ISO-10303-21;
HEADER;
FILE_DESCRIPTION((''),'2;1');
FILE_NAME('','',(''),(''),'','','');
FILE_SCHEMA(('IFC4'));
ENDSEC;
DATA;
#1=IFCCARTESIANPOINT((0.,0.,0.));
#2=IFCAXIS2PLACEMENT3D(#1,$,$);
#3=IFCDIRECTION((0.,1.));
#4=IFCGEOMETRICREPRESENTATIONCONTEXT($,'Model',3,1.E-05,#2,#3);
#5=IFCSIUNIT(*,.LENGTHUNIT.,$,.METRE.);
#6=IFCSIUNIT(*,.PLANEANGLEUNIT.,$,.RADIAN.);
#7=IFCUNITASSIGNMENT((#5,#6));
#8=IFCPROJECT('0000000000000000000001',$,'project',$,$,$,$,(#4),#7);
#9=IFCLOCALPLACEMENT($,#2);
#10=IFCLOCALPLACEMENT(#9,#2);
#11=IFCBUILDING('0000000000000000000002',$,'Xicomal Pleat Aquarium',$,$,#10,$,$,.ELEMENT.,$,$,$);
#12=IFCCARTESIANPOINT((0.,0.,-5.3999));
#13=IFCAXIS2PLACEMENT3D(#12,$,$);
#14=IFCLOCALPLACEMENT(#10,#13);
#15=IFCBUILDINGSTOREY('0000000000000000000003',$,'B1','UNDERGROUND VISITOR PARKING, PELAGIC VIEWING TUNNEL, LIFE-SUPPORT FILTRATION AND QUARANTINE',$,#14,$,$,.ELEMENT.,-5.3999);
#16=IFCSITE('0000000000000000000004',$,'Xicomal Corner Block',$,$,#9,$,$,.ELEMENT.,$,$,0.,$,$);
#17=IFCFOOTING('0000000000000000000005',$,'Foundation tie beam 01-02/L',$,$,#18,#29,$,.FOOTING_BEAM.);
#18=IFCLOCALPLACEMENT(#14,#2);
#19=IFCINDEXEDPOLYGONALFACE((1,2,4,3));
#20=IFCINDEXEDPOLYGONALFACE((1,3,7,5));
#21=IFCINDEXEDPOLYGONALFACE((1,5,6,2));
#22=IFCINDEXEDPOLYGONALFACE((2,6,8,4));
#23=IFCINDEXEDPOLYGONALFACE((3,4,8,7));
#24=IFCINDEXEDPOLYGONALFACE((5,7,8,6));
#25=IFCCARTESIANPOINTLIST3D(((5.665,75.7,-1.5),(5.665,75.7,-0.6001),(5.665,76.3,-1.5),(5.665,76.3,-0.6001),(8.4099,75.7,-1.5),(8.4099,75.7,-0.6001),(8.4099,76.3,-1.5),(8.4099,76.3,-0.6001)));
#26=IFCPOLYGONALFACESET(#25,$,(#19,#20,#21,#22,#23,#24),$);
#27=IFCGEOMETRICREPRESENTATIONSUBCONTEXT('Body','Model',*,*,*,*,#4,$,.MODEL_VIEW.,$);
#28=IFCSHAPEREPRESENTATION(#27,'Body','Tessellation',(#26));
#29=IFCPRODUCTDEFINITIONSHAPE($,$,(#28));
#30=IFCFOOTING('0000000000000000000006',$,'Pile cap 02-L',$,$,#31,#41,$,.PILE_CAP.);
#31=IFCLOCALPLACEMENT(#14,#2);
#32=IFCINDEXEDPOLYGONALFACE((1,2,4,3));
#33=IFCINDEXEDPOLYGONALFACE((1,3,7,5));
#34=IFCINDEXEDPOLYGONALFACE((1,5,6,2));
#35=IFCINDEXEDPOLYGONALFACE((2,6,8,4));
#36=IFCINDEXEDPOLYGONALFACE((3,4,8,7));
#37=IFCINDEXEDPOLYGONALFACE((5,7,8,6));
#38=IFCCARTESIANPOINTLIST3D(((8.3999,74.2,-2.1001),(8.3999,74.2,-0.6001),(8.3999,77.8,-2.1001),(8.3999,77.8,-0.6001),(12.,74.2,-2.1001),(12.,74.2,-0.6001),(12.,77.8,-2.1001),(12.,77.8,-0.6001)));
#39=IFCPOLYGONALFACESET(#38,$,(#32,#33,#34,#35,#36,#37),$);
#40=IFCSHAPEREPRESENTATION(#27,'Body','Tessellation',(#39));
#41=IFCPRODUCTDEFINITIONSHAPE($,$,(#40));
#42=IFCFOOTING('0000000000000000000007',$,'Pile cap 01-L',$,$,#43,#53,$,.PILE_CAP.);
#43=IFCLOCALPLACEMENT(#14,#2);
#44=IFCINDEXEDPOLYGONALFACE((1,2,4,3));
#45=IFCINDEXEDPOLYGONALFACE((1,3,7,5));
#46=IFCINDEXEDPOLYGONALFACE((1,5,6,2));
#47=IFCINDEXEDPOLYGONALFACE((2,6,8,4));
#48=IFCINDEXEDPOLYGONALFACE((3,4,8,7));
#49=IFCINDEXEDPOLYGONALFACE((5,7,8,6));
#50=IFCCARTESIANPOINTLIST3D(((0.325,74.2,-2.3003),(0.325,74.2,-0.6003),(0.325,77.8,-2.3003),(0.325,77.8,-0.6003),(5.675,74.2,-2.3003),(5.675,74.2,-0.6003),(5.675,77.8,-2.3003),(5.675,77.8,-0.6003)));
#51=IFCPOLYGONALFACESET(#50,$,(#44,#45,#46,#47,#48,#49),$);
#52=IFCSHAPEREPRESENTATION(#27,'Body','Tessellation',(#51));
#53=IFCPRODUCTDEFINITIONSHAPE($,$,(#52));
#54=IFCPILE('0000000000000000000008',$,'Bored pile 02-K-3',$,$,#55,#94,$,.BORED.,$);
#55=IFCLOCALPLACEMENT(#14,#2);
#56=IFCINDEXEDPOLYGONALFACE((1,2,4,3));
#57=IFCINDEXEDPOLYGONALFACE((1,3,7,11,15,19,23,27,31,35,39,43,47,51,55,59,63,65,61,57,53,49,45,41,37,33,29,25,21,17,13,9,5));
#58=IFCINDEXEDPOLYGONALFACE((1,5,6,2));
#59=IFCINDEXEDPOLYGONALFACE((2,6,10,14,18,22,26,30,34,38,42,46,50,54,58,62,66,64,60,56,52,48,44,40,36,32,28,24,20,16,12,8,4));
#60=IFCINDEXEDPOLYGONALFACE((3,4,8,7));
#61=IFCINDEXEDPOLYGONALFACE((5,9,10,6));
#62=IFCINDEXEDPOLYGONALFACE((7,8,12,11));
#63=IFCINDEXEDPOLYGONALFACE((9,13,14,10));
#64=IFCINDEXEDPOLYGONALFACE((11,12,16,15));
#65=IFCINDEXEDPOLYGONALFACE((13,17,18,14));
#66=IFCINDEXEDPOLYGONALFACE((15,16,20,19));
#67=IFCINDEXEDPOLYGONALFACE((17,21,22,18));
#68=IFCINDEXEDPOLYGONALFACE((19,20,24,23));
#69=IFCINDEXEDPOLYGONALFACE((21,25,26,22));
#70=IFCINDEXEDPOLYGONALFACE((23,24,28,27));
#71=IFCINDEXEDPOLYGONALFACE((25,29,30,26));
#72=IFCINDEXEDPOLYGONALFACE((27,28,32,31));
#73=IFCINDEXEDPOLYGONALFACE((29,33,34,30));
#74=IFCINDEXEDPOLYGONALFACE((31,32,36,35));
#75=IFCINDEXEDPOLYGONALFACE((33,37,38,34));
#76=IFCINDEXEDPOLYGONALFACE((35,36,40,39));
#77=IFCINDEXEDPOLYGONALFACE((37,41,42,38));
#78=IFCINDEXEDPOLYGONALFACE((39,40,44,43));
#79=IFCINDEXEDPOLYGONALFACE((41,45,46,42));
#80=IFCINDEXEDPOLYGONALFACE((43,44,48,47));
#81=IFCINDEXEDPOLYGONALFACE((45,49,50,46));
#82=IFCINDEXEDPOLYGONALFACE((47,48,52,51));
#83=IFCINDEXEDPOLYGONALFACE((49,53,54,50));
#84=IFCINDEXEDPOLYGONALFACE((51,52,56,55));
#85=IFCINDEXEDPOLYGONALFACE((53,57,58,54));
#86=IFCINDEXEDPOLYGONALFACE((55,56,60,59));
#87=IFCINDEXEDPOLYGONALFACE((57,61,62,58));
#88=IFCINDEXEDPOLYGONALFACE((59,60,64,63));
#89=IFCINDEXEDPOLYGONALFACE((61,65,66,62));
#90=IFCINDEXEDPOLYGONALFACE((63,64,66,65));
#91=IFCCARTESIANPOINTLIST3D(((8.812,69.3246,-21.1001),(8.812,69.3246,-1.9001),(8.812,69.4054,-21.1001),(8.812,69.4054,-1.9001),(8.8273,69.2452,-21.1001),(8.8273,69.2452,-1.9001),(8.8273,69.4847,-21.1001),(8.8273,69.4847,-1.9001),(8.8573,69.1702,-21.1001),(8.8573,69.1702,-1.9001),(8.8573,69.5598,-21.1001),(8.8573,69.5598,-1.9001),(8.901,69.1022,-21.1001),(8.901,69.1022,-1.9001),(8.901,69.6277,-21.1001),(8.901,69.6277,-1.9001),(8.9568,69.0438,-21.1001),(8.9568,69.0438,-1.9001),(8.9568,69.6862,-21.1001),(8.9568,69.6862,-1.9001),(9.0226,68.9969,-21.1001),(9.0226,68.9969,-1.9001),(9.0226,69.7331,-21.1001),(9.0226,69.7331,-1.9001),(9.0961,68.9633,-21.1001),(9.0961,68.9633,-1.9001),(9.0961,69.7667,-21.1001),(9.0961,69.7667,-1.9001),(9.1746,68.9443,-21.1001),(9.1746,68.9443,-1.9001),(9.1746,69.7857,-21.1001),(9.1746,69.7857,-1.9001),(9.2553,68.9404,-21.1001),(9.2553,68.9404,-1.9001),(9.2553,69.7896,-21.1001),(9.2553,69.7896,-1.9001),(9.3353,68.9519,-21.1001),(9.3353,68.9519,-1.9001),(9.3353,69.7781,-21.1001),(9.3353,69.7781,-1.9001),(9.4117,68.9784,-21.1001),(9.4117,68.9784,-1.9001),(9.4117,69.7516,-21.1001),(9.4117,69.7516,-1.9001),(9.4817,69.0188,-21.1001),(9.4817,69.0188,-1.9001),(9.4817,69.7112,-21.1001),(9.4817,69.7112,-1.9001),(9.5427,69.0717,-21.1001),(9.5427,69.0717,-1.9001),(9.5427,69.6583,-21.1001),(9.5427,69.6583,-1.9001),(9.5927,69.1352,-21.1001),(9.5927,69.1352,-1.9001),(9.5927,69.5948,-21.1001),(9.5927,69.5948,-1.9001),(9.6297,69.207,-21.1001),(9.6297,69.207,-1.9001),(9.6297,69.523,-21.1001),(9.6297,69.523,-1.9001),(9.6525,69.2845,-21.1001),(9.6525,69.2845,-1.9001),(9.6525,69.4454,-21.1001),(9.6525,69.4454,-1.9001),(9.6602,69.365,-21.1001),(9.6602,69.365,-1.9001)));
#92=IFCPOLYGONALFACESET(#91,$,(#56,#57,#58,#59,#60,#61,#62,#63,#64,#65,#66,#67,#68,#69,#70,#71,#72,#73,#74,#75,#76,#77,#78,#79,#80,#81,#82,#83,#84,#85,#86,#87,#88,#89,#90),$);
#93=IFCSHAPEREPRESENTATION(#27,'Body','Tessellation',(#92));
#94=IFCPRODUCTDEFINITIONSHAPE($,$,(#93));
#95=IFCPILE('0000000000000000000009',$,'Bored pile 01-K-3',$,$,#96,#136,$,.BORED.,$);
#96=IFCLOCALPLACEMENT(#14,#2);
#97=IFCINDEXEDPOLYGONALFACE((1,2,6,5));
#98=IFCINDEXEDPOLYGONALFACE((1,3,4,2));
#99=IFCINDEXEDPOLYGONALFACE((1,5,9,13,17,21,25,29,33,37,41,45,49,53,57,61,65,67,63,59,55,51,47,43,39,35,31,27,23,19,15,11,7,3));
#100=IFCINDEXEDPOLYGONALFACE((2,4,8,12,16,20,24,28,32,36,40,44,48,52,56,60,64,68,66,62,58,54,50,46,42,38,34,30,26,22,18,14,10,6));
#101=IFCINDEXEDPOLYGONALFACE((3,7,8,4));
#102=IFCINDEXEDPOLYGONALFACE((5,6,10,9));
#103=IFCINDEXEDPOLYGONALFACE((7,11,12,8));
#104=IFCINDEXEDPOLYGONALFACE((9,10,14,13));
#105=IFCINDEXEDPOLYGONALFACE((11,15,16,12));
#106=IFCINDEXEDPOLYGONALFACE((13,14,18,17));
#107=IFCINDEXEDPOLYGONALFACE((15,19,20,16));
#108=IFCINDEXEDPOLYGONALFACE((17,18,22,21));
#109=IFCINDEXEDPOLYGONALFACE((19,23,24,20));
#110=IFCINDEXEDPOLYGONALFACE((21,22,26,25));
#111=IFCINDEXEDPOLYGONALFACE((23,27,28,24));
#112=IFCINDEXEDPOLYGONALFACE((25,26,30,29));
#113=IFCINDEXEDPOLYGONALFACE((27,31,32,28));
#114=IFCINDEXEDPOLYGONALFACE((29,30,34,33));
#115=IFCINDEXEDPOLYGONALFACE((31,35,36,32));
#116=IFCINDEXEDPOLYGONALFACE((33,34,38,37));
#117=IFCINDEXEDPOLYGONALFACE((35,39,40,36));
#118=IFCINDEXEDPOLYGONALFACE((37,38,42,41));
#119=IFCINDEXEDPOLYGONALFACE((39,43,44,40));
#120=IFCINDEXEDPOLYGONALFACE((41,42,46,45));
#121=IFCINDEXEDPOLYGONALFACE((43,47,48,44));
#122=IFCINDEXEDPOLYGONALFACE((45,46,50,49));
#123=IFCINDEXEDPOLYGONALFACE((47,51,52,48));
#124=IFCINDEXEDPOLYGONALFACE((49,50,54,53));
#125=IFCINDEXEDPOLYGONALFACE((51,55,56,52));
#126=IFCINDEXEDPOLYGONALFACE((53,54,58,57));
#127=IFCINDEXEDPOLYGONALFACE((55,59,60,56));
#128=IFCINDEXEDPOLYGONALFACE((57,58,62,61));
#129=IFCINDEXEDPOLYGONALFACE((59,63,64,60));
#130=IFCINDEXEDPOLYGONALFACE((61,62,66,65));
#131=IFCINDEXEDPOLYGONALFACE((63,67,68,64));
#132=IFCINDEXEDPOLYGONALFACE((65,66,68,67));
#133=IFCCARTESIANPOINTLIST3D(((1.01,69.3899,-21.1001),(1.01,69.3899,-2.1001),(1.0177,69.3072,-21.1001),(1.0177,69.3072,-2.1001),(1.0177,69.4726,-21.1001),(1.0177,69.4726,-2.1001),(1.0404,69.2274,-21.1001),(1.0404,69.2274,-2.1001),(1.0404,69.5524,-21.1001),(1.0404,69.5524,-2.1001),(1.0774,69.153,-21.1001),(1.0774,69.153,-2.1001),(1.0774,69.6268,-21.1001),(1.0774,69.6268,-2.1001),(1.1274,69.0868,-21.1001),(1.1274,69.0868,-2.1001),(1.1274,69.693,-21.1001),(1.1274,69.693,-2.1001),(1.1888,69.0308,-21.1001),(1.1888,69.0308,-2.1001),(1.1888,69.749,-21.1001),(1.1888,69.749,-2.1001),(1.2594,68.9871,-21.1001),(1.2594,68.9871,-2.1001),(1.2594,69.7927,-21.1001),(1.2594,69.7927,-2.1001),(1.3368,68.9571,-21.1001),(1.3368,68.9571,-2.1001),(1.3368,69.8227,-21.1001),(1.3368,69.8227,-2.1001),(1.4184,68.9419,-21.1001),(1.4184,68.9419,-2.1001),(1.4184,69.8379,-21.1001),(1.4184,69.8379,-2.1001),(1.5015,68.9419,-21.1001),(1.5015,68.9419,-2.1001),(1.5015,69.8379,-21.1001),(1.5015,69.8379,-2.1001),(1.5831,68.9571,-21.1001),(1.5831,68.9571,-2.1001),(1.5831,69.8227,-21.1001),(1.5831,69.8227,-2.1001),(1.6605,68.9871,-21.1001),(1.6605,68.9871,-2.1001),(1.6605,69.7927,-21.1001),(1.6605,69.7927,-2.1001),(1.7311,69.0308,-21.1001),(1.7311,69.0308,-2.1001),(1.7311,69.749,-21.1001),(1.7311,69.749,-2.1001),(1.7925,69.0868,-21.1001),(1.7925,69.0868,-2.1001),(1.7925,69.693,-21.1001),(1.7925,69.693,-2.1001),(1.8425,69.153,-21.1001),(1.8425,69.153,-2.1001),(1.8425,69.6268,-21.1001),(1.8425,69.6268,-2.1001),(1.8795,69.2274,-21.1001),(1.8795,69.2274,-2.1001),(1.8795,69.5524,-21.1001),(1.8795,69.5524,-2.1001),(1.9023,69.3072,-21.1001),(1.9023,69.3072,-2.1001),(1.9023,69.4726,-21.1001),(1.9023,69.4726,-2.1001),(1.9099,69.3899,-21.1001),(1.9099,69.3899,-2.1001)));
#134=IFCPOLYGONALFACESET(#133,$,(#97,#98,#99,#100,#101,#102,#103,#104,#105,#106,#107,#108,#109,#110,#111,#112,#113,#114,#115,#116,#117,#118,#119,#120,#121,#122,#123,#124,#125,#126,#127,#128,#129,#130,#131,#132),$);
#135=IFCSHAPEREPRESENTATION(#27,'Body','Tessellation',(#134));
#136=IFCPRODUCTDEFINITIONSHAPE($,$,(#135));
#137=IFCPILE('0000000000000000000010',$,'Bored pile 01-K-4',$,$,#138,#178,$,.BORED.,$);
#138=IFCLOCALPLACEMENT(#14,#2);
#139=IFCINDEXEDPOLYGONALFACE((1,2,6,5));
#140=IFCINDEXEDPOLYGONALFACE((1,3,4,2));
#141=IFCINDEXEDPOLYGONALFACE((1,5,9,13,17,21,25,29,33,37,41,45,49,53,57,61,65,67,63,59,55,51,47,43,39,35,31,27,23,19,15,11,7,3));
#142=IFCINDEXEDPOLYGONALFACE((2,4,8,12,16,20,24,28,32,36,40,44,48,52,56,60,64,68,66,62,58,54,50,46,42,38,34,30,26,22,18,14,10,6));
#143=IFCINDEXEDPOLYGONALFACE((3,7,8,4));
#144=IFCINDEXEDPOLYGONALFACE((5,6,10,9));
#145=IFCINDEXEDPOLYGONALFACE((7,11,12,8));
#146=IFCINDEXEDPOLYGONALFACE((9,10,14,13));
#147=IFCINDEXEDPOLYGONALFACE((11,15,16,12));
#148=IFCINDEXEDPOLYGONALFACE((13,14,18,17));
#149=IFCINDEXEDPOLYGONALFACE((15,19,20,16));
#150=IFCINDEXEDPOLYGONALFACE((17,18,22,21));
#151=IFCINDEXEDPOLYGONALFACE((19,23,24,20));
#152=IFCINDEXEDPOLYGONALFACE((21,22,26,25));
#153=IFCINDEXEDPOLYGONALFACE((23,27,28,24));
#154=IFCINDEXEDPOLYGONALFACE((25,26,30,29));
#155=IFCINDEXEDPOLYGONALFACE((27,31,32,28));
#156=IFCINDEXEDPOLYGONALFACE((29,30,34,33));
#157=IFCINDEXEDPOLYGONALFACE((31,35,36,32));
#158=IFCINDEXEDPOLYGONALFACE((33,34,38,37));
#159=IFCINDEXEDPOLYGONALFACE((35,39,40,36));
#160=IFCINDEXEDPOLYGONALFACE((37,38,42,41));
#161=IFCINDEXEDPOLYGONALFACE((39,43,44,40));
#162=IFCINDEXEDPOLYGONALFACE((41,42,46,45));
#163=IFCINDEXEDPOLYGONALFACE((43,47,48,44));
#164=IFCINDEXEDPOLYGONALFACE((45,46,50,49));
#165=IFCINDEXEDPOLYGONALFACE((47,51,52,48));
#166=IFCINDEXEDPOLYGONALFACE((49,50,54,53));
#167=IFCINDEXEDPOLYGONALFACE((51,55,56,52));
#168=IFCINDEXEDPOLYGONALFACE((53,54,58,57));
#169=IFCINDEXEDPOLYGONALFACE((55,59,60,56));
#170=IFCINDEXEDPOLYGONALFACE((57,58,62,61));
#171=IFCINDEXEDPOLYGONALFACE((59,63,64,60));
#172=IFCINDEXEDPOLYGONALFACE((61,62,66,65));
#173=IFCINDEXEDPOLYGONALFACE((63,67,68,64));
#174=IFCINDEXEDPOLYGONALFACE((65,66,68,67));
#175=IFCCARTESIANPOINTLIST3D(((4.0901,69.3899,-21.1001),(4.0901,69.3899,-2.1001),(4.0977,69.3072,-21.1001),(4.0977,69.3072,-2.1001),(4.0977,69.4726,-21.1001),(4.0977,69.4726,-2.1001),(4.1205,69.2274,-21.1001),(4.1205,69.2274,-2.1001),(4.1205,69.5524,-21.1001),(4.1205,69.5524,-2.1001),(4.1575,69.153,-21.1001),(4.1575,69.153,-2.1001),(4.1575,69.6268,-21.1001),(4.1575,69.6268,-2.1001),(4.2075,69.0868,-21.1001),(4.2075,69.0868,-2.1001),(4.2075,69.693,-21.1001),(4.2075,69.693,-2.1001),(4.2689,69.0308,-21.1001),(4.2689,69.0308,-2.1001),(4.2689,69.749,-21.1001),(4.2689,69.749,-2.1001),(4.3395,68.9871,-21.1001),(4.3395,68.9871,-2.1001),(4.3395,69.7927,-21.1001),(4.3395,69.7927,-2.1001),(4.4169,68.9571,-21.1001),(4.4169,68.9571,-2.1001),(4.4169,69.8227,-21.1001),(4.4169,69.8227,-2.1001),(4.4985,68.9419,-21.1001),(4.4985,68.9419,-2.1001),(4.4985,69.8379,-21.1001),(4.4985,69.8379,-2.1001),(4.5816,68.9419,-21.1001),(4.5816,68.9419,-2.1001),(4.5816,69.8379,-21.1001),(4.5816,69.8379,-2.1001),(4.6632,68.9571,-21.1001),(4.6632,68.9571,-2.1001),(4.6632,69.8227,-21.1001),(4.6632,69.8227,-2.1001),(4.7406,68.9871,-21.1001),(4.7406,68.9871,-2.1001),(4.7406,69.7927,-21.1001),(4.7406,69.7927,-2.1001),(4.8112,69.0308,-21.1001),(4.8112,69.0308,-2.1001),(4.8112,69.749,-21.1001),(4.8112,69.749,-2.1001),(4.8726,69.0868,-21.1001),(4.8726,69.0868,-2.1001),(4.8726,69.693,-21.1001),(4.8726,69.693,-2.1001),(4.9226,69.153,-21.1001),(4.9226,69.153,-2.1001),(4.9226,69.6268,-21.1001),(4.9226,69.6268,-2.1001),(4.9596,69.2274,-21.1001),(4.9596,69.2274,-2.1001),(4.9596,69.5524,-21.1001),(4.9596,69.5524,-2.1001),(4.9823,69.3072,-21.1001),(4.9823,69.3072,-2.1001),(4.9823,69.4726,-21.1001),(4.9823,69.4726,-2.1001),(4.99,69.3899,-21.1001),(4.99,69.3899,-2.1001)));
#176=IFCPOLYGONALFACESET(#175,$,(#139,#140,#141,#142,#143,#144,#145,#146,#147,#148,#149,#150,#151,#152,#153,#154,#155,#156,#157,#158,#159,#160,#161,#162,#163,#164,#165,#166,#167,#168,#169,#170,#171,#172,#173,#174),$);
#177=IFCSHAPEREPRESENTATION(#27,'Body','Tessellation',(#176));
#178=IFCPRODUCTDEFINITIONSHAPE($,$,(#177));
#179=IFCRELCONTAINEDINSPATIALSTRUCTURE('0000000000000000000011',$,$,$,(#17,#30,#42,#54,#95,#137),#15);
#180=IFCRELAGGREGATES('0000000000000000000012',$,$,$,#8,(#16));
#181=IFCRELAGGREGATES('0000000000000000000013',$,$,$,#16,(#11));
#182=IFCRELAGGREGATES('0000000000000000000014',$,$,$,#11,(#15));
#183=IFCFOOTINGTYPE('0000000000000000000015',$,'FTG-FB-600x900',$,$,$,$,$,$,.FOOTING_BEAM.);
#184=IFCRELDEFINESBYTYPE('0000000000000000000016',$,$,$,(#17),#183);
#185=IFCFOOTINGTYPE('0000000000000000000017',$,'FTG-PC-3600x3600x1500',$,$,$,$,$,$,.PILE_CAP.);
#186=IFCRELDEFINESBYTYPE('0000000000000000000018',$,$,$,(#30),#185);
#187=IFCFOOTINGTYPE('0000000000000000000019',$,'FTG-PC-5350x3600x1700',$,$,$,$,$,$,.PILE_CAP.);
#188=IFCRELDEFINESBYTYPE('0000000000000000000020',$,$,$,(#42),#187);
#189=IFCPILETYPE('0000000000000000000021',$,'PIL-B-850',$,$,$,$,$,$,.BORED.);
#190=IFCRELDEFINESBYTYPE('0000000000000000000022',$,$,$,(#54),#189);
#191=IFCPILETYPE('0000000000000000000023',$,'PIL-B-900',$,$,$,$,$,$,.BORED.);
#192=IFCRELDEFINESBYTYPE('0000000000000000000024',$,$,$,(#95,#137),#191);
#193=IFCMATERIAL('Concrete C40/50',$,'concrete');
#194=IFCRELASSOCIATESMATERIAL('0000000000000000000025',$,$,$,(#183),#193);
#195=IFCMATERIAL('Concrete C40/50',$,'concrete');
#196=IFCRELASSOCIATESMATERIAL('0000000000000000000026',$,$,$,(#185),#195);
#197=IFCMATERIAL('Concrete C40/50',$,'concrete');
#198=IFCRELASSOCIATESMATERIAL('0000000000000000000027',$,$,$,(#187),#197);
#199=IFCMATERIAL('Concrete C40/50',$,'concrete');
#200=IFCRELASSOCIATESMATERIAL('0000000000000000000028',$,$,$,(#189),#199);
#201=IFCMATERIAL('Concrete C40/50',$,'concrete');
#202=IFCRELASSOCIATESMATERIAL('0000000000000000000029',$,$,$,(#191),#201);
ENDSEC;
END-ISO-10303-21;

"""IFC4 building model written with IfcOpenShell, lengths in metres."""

from ifc_helpers import new_model, si_unit, direction, frame, origin, origin_2d, place, context, subcontext, project, spatial, rectangle, circle, extrude, material, material_profile, profile_set, type_object, element, save


model = new_model("IFC4")

# Units and contexts
model_context = context("Model", 3, precision=1e-05, world=origin(), true_north=direction((0.0, 1.0)))
body_context = subcontext(model_context, "Body", "Model", "MODEL_VIEW")
ifc_project = project(units=[si_unit("LENGTHUNIT", "METRE"), si_unit("PLANEANGLEUNIT", "RADIAN")], contexts=[model_context])

# Site, building, storey
site_placement = place(None, origin())
site = spatial("IfcSite", under=ifc_project, at=site_placement, Name="Xicomal Corner Block", CompositionType="ELEMENT", RefElevation=0.0)
building_placement = place(site_placement, origin())
building = spatial("IfcBuilding", under=site, at=building_placement, Name="Xicomal Pleat Aquarium", CompositionType="ELEMENT")
storey_placement = place(building_placement, frame((0.0, 0.0, -5.3999)))
storey = spatial("IfcBuildingStorey", under=building, at=storey_placement, Name="B1", Description="UNDERGROUND VISITOR PARKING, PELAGIC VIEWING TUNNEL, LIFE-SUPPORT FILTRATION AND QUARANTINE", CompositionType="ELEMENT", Elevation=-5.3999)

# Footings
ifc_material_1 = material(Name="Concrete C40/50", Category="concrete")
ifc_material_profile_1 = material_profile(ifc_material_1, rectangle(XDim=0.6001, YDim=0.8999, at=origin_2d()), Name="FB-02 600x900")
ifc_profile_set_1 = profile_set([ifc_material_profile_1], Name="Concrete C40/50")
footing_type_1 = type_object("IfcFootingType", Name="FTG-FB-600x900", PredefinedType="FOOTING_BEAM", material=ifc_profile_set_1)
footing_1_placement = place(storey_placement, frame((5.665, 76.0, -1.05), z_axis=(1.0, 0.0, 0.0), x_axis=(0.0, 1.0, 0.0)))
element("IfcFooting", 1, at=footing_1_placement, inside=storey, type_object=footing_type_1, Name="Foundation tie beam 01-02/L", PredefinedType="FOOTING_BEAM", context=body_context, shape_type="SweptSolid", body=[
    extrude(rectangle(XDim=0.6001, YDim=0.8999, at=origin_2d()), origin(), (0.0, 0.0, 1.0), 2.7449),
])
ifc_material_2 = material(Name="Concrete C40/50", Category="concrete")
footing_type_2 = type_object("IfcFootingType", Name="FTG-PC-3600x3600x1500", PredefinedType="PILE_CAP", material=ifc_material_2)
footing_2_placement = place(storey_placement, frame((10.2, 76.0, -2.1001), z_axis=(0.0, 0.0, 1.0), x_axis=(1.0, 0.0, 0.0)))
element("IfcFooting", 2, at=footing_2_placement, inside=storey, type_object=footing_type_2, Name="Pile cap 02-L", PredefinedType="PILE_CAP", context=body_context, shape_type="SweptSolid", body=[
    extrude(rectangle(XDim=3.6001, YDim=3.6001, at=origin_2d()), origin(), (0.0, 0.0, 1.0), 1.5),
])
ifc_material_3 = material(Name="Concrete C40/50", Category="concrete")
footing_type_3 = type_object("IfcFootingType", Name="FTG-PC-5350x3600x1700", PredefinedType="PILE_CAP", material=ifc_material_3)
footing_3_placement = place(storey_placement, frame((3.0, 76.0, -2.3003), z_axis=(0.0, 0.0, 1.0), x_axis=(1.0, 0.0, 0.0)))
element("IfcFooting", 3, at=footing_3_placement, inside=storey, type_object=footing_type_3, Name="Pile cap 01-L", PredefinedType="PILE_CAP", context=body_context, shape_type="SweptSolid", body=[
    extrude(rectangle(XDim=5.3501, YDim=3.6001, at=origin_2d()), origin(), (0.0, 0.0, 1.0), 1.7),
])

# Piles
ifc_material_4 = material(Name="Concrete C40/50", Category="concrete")
ifc_material_profile_2 = material_profile(ifc_material_4, circle(Radius=0.425, at=origin_2d()), Name="BORED PILE D850")
ifc_profile_set_2 = profile_set([ifc_material_profile_2], Name="Concrete C40/50")
pile_type_1 = type_object("IfcPileType", Name="PIL-B-850", PredefinedType="BORED", material=ifc_profile_set_2)
pile_1_placement = place(storey_placement, frame((9.2351, 69.365, -1.9001), z_axis=(0.0, 0.0, -1.0), x_axis=(1.0, 0.0, 0.0)))
element("IfcPile", 4, at=pile_1_placement, inside=storey, type_object=pile_type_1, Name="Bored pile 02-K-3", PredefinedType="BORED", context=body_context, shape_type="SweptSolid", body=[
    extrude(circle(Radius=0.425, at=origin_2d()), origin(), (0.0, 0.0, 1.0), 19.2),
])
ifc_material_5 = material(Name="Concrete C40/50", Category="concrete")
ifc_material_profile_3 = material_profile(ifc_material_5, circle(Radius=0.45, at=origin_2d()), Name="BORED PILE D900")
ifc_profile_set_3 = profile_set([ifc_material_profile_3], Name="Concrete C40/50")
pile_type_2 = type_object("IfcPileType", Name="PIL-B-900", PredefinedType="BORED", material=ifc_profile_set_3)
for number, where, z_axis, x_axis, name in (
    (5, (1.46, 69.3899, -2.1001), (0.0, 0.0, -1.0), (1.0, 0.0, 0.0), "Bored pile 01-K-3"),
    (6, (4.54, 69.3899, -2.1001), (0.0, 0.0, -1.0), (1.0, 0.0, 0.0), "Bored pile 01-K-4"),
):
    element("IfcPile", number, at=place(storey_placement, frame(where, z_axis=z_axis, x_axis=x_axis)), inside=storey, type_object=pile_type_2, Name=name, PredefinedType="BORED", context=body_context, shape_type="SweptSolid", body=[
        extrude(circle(Radius=0.45, at=origin_2d()), origin(), (0.0, 0.0, 1.0), 19.0),
    ])

save(model, "model.ifc")
